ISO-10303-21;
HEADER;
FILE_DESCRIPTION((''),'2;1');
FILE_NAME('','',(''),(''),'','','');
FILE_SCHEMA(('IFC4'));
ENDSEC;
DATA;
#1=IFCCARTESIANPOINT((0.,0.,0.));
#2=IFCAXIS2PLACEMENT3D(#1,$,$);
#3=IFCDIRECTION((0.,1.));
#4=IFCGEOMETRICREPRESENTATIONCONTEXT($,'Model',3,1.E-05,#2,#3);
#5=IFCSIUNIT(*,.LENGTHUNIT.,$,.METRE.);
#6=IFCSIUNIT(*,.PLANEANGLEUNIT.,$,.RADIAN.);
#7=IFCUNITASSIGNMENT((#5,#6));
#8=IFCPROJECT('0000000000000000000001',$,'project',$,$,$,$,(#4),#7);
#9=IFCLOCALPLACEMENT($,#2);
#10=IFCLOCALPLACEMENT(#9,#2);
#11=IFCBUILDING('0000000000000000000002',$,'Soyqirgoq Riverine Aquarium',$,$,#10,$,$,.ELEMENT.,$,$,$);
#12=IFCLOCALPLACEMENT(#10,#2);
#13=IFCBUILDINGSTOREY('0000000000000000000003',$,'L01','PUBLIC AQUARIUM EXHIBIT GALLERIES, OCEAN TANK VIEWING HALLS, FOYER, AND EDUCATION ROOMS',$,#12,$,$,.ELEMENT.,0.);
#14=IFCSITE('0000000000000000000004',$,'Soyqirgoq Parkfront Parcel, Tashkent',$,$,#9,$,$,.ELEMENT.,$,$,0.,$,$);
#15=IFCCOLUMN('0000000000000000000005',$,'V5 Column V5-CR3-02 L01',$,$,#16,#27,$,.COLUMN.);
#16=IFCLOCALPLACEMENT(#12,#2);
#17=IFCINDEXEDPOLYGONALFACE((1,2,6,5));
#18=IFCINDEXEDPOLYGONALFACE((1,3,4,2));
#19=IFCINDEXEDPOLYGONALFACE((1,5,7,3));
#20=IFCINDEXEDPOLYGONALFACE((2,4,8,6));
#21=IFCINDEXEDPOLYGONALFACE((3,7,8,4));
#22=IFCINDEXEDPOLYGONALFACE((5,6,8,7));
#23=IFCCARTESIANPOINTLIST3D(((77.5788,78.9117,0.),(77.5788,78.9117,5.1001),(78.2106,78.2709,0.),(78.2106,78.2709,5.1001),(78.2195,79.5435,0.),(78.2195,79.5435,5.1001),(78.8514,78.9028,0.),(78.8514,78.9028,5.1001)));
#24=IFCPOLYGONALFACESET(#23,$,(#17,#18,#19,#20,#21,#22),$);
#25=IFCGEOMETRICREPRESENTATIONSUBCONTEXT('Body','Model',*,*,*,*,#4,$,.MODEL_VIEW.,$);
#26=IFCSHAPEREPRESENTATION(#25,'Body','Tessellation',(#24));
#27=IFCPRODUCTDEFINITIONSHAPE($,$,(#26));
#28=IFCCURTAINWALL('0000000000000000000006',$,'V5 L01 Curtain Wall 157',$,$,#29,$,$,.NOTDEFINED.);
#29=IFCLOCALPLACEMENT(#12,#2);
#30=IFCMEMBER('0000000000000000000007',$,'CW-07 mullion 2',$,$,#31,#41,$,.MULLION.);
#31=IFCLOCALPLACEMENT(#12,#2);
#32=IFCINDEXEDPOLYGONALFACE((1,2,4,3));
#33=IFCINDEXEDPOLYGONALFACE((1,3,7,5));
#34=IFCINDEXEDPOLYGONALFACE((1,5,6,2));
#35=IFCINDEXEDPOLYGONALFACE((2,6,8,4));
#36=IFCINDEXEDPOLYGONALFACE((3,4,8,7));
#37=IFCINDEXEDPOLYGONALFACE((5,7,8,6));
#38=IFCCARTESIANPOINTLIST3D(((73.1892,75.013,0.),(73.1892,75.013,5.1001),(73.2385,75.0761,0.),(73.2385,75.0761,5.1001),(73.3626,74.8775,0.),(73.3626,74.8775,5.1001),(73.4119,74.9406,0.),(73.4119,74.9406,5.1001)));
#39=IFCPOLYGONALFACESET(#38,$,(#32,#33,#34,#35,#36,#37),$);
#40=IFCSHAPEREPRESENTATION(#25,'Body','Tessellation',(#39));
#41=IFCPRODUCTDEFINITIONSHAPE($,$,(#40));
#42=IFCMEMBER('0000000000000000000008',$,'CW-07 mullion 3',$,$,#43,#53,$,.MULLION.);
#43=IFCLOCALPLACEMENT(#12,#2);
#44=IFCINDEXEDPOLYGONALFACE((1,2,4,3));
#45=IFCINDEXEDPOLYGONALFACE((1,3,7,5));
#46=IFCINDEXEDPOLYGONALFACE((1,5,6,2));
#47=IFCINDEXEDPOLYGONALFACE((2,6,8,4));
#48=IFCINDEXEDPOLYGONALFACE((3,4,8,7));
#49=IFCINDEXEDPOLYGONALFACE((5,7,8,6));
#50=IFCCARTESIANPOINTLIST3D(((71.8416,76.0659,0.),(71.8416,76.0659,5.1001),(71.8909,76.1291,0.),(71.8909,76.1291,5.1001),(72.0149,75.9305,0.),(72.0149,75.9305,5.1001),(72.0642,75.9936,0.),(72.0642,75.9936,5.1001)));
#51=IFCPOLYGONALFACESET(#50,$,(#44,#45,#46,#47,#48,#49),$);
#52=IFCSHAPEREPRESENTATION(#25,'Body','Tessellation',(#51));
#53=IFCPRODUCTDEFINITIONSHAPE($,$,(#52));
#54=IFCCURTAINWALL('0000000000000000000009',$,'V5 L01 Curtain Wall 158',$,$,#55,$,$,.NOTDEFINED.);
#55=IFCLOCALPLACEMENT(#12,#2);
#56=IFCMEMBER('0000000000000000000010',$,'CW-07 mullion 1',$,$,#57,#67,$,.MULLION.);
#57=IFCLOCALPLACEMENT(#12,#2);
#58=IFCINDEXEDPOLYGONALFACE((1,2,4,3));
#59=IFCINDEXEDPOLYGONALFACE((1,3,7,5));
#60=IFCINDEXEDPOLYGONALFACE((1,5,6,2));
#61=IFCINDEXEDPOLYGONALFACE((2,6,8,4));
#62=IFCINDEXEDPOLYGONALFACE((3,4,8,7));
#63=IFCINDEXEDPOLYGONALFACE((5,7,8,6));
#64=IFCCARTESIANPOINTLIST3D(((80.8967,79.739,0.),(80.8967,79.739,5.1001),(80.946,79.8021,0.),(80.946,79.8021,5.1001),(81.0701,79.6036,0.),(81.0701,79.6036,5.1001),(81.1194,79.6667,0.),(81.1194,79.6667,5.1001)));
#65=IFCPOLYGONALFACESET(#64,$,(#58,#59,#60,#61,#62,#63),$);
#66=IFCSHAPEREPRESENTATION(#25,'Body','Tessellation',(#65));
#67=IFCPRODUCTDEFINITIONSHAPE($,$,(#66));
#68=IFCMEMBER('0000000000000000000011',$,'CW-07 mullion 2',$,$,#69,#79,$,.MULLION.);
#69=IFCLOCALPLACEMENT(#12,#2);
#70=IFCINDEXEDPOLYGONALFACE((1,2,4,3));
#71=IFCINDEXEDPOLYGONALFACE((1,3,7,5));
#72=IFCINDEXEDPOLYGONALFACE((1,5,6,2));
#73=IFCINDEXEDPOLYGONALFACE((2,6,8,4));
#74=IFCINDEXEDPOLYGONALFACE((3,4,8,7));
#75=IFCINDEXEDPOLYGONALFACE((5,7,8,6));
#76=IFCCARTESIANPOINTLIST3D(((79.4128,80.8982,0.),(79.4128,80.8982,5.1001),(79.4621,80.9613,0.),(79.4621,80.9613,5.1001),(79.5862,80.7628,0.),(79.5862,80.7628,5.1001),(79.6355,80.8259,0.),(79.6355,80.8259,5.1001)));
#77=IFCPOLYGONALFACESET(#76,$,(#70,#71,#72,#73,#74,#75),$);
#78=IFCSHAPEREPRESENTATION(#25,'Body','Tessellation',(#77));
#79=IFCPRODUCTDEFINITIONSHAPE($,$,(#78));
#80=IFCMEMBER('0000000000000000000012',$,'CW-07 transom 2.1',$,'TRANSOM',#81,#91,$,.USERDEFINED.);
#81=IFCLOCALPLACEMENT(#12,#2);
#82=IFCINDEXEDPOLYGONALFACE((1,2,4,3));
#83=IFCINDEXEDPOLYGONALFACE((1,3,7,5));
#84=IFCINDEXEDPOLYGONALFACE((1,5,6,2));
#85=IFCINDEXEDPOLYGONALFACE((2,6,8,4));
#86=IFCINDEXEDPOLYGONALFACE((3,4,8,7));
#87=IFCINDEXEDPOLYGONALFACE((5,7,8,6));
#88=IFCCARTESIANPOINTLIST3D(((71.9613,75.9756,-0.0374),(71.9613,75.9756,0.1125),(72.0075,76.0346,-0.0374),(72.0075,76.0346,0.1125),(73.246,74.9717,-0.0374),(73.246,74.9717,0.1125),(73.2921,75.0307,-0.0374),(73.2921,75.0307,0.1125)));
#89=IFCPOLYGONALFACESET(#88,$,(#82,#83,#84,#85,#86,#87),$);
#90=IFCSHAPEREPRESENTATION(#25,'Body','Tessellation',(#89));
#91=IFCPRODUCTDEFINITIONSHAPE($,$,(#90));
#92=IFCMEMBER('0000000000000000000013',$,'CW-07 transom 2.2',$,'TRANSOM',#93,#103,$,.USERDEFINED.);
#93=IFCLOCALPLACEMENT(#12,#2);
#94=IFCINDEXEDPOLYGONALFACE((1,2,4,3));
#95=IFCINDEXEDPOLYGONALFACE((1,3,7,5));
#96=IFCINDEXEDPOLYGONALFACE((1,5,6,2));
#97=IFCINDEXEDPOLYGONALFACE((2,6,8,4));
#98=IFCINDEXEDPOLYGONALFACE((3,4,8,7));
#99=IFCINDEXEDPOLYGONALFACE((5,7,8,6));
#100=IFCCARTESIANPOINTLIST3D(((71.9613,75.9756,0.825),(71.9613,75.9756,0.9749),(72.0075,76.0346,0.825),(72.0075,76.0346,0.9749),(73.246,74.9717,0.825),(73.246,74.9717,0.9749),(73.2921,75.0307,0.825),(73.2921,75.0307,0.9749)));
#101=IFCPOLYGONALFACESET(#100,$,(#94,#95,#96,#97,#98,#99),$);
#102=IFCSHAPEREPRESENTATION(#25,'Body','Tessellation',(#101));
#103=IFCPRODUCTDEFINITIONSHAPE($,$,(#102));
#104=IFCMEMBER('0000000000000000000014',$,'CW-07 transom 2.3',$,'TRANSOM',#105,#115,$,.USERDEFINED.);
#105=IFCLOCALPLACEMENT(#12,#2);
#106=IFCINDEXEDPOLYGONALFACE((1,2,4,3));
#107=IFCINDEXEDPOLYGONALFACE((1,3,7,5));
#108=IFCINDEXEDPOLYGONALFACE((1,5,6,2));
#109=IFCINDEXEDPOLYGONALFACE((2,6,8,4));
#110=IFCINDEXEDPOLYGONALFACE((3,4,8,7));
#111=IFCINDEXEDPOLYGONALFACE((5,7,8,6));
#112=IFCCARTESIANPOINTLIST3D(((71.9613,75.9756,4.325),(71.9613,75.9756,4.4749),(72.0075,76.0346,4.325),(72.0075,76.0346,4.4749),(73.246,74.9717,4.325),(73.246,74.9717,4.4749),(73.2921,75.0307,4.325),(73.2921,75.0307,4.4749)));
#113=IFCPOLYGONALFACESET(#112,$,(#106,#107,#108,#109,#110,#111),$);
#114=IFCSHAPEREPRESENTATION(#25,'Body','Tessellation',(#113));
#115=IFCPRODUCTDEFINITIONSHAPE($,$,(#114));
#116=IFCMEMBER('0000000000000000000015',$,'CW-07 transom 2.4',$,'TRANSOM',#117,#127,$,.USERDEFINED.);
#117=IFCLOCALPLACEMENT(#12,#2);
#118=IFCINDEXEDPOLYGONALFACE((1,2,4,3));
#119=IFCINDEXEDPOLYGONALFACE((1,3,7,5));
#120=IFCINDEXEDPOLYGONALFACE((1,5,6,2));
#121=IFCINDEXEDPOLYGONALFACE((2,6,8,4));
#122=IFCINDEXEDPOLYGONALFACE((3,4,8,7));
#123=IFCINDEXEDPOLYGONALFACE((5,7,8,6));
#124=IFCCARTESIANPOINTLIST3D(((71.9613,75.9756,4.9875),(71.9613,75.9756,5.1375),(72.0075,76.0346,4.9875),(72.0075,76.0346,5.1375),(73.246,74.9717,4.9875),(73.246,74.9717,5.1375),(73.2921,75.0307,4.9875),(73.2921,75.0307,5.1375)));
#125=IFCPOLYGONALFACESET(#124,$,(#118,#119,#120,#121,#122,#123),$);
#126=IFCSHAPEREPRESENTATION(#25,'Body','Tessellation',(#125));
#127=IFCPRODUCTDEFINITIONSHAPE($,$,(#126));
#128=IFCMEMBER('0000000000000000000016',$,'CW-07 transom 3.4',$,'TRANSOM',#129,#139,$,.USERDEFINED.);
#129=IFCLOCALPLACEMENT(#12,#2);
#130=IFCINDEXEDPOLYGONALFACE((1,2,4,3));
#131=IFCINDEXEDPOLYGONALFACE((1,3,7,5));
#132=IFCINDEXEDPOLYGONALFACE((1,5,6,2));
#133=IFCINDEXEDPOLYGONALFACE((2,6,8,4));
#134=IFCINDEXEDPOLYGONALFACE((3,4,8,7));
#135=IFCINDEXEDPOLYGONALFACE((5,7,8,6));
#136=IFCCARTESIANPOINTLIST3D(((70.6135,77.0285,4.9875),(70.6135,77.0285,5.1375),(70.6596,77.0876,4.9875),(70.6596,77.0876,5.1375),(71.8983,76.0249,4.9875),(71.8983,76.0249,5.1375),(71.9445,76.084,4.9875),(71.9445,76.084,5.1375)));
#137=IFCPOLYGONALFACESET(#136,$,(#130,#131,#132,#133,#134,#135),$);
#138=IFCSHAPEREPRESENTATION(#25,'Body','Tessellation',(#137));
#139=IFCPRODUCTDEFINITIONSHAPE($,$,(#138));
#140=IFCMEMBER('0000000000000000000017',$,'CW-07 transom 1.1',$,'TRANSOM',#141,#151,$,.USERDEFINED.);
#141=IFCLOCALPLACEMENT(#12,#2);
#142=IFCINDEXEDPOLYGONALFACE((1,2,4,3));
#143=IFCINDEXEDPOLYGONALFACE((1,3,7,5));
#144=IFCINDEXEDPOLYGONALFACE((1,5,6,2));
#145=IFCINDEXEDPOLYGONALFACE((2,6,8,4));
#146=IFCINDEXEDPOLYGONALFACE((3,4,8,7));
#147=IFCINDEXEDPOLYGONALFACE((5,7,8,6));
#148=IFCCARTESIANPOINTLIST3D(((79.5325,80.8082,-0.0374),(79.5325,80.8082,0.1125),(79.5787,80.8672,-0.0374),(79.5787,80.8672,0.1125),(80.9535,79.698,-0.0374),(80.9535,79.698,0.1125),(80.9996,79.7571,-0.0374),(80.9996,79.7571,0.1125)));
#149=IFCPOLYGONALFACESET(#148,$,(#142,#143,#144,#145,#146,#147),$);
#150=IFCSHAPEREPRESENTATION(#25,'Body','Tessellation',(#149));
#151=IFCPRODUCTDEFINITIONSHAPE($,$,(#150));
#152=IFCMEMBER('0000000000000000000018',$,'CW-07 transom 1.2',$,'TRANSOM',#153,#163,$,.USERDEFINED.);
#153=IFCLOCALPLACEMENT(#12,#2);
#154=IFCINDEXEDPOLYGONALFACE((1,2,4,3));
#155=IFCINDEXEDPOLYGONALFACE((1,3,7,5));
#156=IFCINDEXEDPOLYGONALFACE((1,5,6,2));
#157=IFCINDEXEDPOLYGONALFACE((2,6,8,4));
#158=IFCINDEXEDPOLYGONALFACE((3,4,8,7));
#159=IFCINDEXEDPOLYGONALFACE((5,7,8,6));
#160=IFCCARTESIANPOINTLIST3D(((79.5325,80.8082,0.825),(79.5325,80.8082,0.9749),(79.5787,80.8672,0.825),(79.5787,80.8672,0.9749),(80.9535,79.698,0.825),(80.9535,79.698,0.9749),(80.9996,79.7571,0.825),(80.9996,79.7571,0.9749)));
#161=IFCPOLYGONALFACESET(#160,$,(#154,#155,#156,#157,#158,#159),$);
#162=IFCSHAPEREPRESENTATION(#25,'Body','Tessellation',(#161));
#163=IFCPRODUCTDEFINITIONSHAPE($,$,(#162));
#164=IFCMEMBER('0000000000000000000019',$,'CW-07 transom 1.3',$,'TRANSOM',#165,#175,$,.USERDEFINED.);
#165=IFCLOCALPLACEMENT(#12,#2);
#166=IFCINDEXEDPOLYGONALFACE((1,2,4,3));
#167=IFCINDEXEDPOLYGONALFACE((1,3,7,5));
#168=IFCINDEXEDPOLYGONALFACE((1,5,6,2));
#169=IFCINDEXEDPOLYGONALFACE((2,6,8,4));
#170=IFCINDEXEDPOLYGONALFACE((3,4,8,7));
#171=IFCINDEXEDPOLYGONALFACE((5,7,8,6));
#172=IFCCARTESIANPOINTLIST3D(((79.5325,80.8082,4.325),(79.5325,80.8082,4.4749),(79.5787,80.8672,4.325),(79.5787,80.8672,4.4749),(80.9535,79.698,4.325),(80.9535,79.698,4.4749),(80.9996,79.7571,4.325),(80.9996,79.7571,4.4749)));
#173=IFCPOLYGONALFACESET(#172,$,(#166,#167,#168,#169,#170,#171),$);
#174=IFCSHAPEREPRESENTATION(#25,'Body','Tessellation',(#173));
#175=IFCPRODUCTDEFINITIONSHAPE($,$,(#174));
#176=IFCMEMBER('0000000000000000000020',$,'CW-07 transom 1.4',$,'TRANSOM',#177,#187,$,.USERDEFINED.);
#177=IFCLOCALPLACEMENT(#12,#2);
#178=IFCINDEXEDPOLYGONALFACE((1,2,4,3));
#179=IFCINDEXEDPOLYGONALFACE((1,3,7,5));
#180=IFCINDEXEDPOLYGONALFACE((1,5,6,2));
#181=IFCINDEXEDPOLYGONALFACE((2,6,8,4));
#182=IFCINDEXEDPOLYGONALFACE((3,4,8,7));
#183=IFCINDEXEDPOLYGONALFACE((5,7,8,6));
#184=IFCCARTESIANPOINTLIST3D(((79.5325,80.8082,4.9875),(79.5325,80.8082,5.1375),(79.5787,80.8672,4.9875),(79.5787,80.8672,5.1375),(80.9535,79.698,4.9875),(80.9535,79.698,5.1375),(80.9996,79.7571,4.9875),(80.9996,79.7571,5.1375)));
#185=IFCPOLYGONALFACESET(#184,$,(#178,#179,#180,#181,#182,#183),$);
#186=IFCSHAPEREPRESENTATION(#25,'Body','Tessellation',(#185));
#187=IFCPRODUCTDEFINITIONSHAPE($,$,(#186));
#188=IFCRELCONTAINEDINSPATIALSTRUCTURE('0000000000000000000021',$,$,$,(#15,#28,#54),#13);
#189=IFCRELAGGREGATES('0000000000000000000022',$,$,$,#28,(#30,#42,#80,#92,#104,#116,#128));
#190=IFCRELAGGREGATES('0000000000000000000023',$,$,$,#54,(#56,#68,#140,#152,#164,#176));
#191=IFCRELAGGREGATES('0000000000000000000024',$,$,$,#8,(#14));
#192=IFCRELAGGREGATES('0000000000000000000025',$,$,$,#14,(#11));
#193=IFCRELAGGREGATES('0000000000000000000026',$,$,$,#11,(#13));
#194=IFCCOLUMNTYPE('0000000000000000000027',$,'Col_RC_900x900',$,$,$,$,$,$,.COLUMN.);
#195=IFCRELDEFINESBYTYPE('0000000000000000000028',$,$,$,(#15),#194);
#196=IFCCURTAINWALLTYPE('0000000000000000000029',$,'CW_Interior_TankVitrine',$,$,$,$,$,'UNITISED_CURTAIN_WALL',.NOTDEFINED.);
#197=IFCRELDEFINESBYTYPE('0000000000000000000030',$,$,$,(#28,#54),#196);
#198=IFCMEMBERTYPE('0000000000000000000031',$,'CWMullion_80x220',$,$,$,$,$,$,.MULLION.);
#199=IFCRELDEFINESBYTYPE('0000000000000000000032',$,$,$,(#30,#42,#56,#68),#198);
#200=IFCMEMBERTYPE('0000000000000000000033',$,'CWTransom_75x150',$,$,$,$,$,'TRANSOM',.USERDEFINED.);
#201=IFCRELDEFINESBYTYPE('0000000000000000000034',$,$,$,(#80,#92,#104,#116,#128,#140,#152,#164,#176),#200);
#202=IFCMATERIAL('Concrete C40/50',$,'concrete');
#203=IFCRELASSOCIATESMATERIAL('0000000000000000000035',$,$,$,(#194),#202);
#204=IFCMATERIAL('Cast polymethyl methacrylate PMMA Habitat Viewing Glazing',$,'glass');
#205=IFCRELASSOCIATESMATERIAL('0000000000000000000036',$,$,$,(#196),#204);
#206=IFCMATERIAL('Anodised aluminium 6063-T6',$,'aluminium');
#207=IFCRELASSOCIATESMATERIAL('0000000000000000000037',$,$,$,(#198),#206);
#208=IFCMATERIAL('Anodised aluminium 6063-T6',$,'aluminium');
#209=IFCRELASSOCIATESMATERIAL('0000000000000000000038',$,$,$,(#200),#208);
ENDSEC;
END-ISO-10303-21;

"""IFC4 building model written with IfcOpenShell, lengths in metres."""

from ifc_helpers import new_model, si_unit, direction, frame, origin, origin_2d, place, context, subcontext, project, spatial, rectangle, extrude, material, material_profile, profile_set, type_object, element, aggregate, save


model = new_model("IFC4")

# Units and contexts
model_context = context("Model", 3, precision=1e-05, world=origin(), true_north=direction((0.0, 1.0)))
body_context = subcontext(model_context, "Body", "Model", "MODEL_VIEW")
ifc_project = project(units=[si_unit("LENGTHUNIT", "METRE"), si_unit("PLANEANGLEUNIT", "RADIAN")], contexts=[model_context])

# Site, building, storey
site_placement = place(None, origin())
site = spatial("IfcSite", under=ifc_project, at=site_placement, Name="Soyqirgoq Parkfront Parcel, Tashkent", CompositionType="ELEMENT", RefElevation=0.0)
building_placement = place(site_placement, origin())
building = spatial("IfcBuilding", under=site, at=building_placement, Name="Soyqirgoq Riverine Aquarium", CompositionType="ELEMENT")
storey_placement = place(building_placement, origin())
storey = spatial("IfcBuildingStorey", under=building, at=storey_placement, Name="L01", Description="PUBLIC AQUARIUM EXHIBIT GALLERIES, OCEAN TANK VIEWING HALLS, FOYER, AND EDUCATION ROOMS", CompositionType="ELEMENT", Elevation=0.0)

# Column
ifc_material_1 = material(Name="Concrete C40/50", Category="concrete")
ifc_material_profile_1 = material_profile(ifc_material_1, rectangle(XDim=0.8999, YDim=0.8999, at=origin_2d()), Name="RC 900x900")
ifc_profile_set_1 = profile_set([ifc_material_profile_1], Name="Concrete C40/50")
column_type = type_object("IfcColumnType", Name="Col_RC_900x900", PredefinedType="COLUMN", material=ifc_profile_set_1)
column_placement = place(storey_placement, frame((78.2151, 78.9072, 0.0), z_axis=(0.0, 0.0, 1.0), x_axis=(0.712026, 0.702153, 0.0)))
element("IfcColumn", 1, at=column_placement, inside=storey, type_object=column_type, Name="V5 Column V5-CR3-02 L01", PredefinedType="COLUMN", context=body_context, shape_type="SweptSolid", body=[
    extrude(rectangle(XDim=0.8999, YDim=0.8999, at=origin_2d()), origin(), (0.0, 0.0, 1.0), 5.1001),
])

# Curtain walls, members
ifc_material_2 = material(Name="Cast polymethyl methacrylate PMMA Habitat Viewing Glazing", Category="glass")
curtain_wall_type = type_object("IfcCurtainWallType", Name="CW_Interior_TankVitrine", ElementType="UNITISED_CURTAIN_WALL", PredefinedType="NOTDEFINED", material=ifc_material_2)
curtain_wall_1_placement = place(storey_placement, origin())
curtain_wall_1 = element("IfcCurtainWall", 2, at=curtain_wall_1_placement, inside=storey, type_object=curtain_wall_type, Name="V5 L01 Curtain Wall 157", PredefinedType="NOTDEFINED")
ifc_material_3 = material(Name="Anodised aluminium 6063-T6", Category="aluminium")
ifc_material_profile_2 = material_profile(ifc_material_3, rectangle(XDim=0.0801, YDim=0.22, at=origin_2d()), Name="ALU-M 80x220")
ifc_profile_set_2 = profile_set([ifc_material_profile_2], Name="Anodised aluminium 6063-T6")
member_type_1 = type_object("IfcMemberType", Name="CWMullion_80x220", PredefinedType="MULLION", material=ifc_profile_set_2)
member_1_placement = place(storey_placement, frame((73.3005, 74.9768, 0.0), z_axis=(0.0, 0.0, 1.0), x_axis=(-0.615661, -0.788011, 0.0)))
member_1 = element("IfcMember", 3, at=member_1_placement, type_object=member_type_1, Name="CW-07 mullion 2", PredefinedType="MULLION", context=body_context, shape_type="SweptSolid", body=[
    extrude(rectangle(XDim=0.0801, YDim=0.22, at=origin_2d()), origin(), (0.0, 0.0, 1.0), 5.1001),
])
member_2_placement = place(storey_placement, frame((71.9529, 76.0298, 0.0), z_axis=(0.0, 0.0, 1.0), x_axis=(-0.615661, -0.788011, 0.0)))
member_2 = element("IfcMember", 4, at=member_2_placement, type_object=member_type_1, Name="CW-07 mullion 3", PredefinedType="MULLION", context=body_context, shape_type="SweptSolid", body=[
    extrude(rectangle(XDim=0.0801, YDim=0.22, at=origin_2d()), origin(), (0.0, 0.0, 1.0), 5.1001),
])
curtain_wall_2_placement = place(storey_placement, origin())
curtain_wall_2 = element("IfcCurtainWall", 5, at=curtain_wall_2_placement, inside=storey, type_object=curtain_wall_type, Name="V5 L01 Curtain Wall 158", PredefinedType="NOTDEFINED")
member_3_placement = place(storey_placement, frame((81.0081, 79.7029, 0.0), z_axis=(0.0, 0.0, 1.0), x_axis=(-0.615655, -0.788016, 0.0)))
member_3 = element("IfcMember", 6, at=member_3_placement, type_object=member_type_1, Name="CW-07 mullion 1", PredefinedType="MULLION", context=body_context, shape_type="SweptSolid", body=[
    extrude(rectangle(XDim=0.0801, YDim=0.22, at=origin_2d()), origin(), (0.0, 0.0, 1.0), 5.1001),
])
member_4_placement = place(storey_placement, frame((79.5242, 80.8621, 0.0), z_axis=(0.0, 0.0, 1.0), x_axis=(-0.615655, -0.788016, 0.0)))
member_4 = element("IfcMember", 7, at=member_4_placement, type_object=member_type_1, Name="CW-07 mullion 2", PredefinedType="MULLION", context=body_context, shape_type="SweptSolid", body=[
    extrude(rectangle(XDim=0.0801, YDim=0.22, at=origin_2d()), origin(), (0.0, 0.0, 1.0), 5.1001),
])

# Members
ifc_material_4 = material(Name="Anodised aluminium 6063-T6", Category="aluminium")
ifc_material_profile_3 = material_profile(ifc_material_4, rectangle(XDim=0.075, YDim=0.1499, at=origin_2d()), Name="ALU-T 75x150")
ifc_profile_set_3 = profile_set([ifc_material_profile_3], Name="Anodised aluminium 6063-T6")
member_type_2 = type_object("IfcMemberType", Name="CWTransom_75x150", ElementType="TRANSOM", PredefinedType="USERDEFINED", material=ifc_profile_set_3)
member_5_placement = place(storey_placement, frame((73.269, 75.0012, 0.0376), z_axis=(-0.787947, 0.615743, 0.0), x_axis=(-0.615743, -0.787947, 0.0)))
member_5 = element("IfcMember", 8, at=member_5_placement, type_object=member_type_2, Name="CW-07 transom 2.1", ObjectType="TRANSOM", PredefinedType="USERDEFINED", context=body_context, shape_type="SweptSolid", body=[
    extrude(rectangle(XDim=0.075, YDim=0.1499, at=origin_2d()), origin(), (0.0, 0.0, 1.0), 1.6304),
])
member_6_placement = place(storey_placement, frame((73.269, 75.0012, 0.8999), z_axis=(-0.787947, 0.615743, 0.0), x_axis=(-0.615743, -0.787947, 0.0)))
member_6 = element("IfcMember", 9, at=member_6_placement, type_object=member_type_2, Name="CW-07 transom 2.2", ObjectType="TRANSOM", PredefinedType="USERDEFINED", context=body_context, shape_type="SweptSolid", body=[
    extrude(rectangle(XDim=0.075, YDim=0.1499, at=origin_2d()), origin(), (0.0, 0.0, 1.0), 1.6304),
])
member_7_placement = place(storey_placement, frame((73.269, 75.0012, 4.3999), z_axis=(-0.787947, 0.615743, 0.0), x_axis=(-0.615743, -0.787947, 0.0)))
member_7 = element("IfcMember", 10, at=member_7_placement, type_object=member_type_2, Name="CW-07 transom 2.3", ObjectType="TRANSOM", PredefinedType="USERDEFINED", context=body_context, shape_type="SweptSolid", body=[
    extrude(rectangle(XDim=0.075, YDim=0.1499, at=origin_2d()), origin(), (0.0, 0.0, 1.0), 1.6304),
])
member_8_placement = place(storey_placement, frame((73.269, 75.0012, 5.0625), z_axis=(-0.787947, 0.615743, 0.0), x_axis=(-0.615743, -0.787947, 0.0)))
member_8 = element("IfcMember", 11, at=member_8_placement, type_object=member_type_2, Name="CW-07 transom 2.4", ObjectType="TRANSOM", PredefinedType="USERDEFINED", context=body_context, shape_type="SweptSolid", body=[
    extrude(rectangle(XDim=0.075, YDim=0.1499, at=origin_2d()), origin(), (0.0, 0.0, 1.0), 1.6304),
])
member_9_placement = place(storey_placement, frame((71.9214, 76.0544, 5.0625), z_axis=(-0.788077, 0.615577, 0.0), x_axis=(-0.615577, -0.788077, 0.0)))
member_9 = element("IfcMember", 12, at=member_9_placement, type_object=member_type_2, Name="CW-07 transom 3.4", ObjectType="TRANSOM", PredefinedType="USERDEFINED", context=body_context, shape_type="SweptSolid", body=[
    extrude(rectangle(XDim=0.075, YDim=0.1499, at=origin_2d()), origin(), (0.0, 0.0, 1.0), 1.6304),
])
member_10_placement = place(storey_placement, frame((80.9766, 79.7275, 0.0376), z_axis=(-0.788016, 0.615655, 0.0), x_axis=(-0.615655, -0.788016, 0.0)))
member_10 = element("IfcMember", 13, at=member_10_placement, type_object=member_type_2, Name="CW-07 transom 1.1", ObjectType="TRANSOM", PredefinedType="USERDEFINED", context=body_context, shape_type="SweptSolid", body=[
    extrude(rectangle(XDim=0.075, YDim=0.1499, at=origin_2d()), origin(), (0.0, 0.0, 1.0), 1.8032),
])
member_11_placement = place(storey_placement, frame((80.9766, 79.7275, 0.8999), z_axis=(-0.788016, 0.615655, 0.0), x_axis=(-0.615655, -0.788016, 0.0)))
member_11 = element("IfcMember", 14, at=member_11_placement, type_object=member_type_2, Name="CW-07 transom 1.2", ObjectType="TRANSOM", PredefinedType="USERDEFINED", context=body_context, shape_type="SweptSolid", body=[
    extrude(rectangle(XDim=0.075, YDim=0.1499, at=origin_2d()), origin(), (0.0, 0.0, 1.0), 1.8032),
])
member_12_placement = place(storey_placement, frame((80.9766, 79.7275, 4.3999), z_axis=(-0.788016, 0.615655, 0.0), x_axis=(-0.615655, -0.788016, 0.0)))
member_12 = element("IfcMember", 15, at=member_12_placement, type_object=member_type_2, Name="CW-07 transom 1.3", ObjectType="TRANSOM", PredefinedType="USERDEFINED", context=body_context, shape_type="SweptSolid", body=[
    extrude(rectangle(XDim=0.075, YDim=0.1499, at=origin_2d()), origin(), (0.0, 0.0, 1.0), 1.8032),
])
member_13_placement = place(storey_placement, frame((80.9766, 79.7275, 5.0625), z_axis=(-0.788016, 0.615655, 0.0), x_axis=(-0.615655, -0.788016, 0.0)))
member_13 = element("IfcMember", 16, at=member_13_placement, type_object=member_type_2, Name="CW-07 transom 1.4", ObjectType="TRANSOM", PredefinedType="USERDEFINED", context=body_context, shape_type="SweptSolid", body=[
    extrude(rectangle(XDim=0.075, YDim=0.1499, at=origin_2d()), origin(), (0.0, 0.0, 1.0), 1.8032),
])

aggregate(curtain_wall_1, [member_1, member_2, member_5, member_6, member_7, member_8, member_9])
aggregate(curtain_wall_2, [member_3, member_4, member_10, member_11, member_12, member_13])

save(model, "model.ifc")
